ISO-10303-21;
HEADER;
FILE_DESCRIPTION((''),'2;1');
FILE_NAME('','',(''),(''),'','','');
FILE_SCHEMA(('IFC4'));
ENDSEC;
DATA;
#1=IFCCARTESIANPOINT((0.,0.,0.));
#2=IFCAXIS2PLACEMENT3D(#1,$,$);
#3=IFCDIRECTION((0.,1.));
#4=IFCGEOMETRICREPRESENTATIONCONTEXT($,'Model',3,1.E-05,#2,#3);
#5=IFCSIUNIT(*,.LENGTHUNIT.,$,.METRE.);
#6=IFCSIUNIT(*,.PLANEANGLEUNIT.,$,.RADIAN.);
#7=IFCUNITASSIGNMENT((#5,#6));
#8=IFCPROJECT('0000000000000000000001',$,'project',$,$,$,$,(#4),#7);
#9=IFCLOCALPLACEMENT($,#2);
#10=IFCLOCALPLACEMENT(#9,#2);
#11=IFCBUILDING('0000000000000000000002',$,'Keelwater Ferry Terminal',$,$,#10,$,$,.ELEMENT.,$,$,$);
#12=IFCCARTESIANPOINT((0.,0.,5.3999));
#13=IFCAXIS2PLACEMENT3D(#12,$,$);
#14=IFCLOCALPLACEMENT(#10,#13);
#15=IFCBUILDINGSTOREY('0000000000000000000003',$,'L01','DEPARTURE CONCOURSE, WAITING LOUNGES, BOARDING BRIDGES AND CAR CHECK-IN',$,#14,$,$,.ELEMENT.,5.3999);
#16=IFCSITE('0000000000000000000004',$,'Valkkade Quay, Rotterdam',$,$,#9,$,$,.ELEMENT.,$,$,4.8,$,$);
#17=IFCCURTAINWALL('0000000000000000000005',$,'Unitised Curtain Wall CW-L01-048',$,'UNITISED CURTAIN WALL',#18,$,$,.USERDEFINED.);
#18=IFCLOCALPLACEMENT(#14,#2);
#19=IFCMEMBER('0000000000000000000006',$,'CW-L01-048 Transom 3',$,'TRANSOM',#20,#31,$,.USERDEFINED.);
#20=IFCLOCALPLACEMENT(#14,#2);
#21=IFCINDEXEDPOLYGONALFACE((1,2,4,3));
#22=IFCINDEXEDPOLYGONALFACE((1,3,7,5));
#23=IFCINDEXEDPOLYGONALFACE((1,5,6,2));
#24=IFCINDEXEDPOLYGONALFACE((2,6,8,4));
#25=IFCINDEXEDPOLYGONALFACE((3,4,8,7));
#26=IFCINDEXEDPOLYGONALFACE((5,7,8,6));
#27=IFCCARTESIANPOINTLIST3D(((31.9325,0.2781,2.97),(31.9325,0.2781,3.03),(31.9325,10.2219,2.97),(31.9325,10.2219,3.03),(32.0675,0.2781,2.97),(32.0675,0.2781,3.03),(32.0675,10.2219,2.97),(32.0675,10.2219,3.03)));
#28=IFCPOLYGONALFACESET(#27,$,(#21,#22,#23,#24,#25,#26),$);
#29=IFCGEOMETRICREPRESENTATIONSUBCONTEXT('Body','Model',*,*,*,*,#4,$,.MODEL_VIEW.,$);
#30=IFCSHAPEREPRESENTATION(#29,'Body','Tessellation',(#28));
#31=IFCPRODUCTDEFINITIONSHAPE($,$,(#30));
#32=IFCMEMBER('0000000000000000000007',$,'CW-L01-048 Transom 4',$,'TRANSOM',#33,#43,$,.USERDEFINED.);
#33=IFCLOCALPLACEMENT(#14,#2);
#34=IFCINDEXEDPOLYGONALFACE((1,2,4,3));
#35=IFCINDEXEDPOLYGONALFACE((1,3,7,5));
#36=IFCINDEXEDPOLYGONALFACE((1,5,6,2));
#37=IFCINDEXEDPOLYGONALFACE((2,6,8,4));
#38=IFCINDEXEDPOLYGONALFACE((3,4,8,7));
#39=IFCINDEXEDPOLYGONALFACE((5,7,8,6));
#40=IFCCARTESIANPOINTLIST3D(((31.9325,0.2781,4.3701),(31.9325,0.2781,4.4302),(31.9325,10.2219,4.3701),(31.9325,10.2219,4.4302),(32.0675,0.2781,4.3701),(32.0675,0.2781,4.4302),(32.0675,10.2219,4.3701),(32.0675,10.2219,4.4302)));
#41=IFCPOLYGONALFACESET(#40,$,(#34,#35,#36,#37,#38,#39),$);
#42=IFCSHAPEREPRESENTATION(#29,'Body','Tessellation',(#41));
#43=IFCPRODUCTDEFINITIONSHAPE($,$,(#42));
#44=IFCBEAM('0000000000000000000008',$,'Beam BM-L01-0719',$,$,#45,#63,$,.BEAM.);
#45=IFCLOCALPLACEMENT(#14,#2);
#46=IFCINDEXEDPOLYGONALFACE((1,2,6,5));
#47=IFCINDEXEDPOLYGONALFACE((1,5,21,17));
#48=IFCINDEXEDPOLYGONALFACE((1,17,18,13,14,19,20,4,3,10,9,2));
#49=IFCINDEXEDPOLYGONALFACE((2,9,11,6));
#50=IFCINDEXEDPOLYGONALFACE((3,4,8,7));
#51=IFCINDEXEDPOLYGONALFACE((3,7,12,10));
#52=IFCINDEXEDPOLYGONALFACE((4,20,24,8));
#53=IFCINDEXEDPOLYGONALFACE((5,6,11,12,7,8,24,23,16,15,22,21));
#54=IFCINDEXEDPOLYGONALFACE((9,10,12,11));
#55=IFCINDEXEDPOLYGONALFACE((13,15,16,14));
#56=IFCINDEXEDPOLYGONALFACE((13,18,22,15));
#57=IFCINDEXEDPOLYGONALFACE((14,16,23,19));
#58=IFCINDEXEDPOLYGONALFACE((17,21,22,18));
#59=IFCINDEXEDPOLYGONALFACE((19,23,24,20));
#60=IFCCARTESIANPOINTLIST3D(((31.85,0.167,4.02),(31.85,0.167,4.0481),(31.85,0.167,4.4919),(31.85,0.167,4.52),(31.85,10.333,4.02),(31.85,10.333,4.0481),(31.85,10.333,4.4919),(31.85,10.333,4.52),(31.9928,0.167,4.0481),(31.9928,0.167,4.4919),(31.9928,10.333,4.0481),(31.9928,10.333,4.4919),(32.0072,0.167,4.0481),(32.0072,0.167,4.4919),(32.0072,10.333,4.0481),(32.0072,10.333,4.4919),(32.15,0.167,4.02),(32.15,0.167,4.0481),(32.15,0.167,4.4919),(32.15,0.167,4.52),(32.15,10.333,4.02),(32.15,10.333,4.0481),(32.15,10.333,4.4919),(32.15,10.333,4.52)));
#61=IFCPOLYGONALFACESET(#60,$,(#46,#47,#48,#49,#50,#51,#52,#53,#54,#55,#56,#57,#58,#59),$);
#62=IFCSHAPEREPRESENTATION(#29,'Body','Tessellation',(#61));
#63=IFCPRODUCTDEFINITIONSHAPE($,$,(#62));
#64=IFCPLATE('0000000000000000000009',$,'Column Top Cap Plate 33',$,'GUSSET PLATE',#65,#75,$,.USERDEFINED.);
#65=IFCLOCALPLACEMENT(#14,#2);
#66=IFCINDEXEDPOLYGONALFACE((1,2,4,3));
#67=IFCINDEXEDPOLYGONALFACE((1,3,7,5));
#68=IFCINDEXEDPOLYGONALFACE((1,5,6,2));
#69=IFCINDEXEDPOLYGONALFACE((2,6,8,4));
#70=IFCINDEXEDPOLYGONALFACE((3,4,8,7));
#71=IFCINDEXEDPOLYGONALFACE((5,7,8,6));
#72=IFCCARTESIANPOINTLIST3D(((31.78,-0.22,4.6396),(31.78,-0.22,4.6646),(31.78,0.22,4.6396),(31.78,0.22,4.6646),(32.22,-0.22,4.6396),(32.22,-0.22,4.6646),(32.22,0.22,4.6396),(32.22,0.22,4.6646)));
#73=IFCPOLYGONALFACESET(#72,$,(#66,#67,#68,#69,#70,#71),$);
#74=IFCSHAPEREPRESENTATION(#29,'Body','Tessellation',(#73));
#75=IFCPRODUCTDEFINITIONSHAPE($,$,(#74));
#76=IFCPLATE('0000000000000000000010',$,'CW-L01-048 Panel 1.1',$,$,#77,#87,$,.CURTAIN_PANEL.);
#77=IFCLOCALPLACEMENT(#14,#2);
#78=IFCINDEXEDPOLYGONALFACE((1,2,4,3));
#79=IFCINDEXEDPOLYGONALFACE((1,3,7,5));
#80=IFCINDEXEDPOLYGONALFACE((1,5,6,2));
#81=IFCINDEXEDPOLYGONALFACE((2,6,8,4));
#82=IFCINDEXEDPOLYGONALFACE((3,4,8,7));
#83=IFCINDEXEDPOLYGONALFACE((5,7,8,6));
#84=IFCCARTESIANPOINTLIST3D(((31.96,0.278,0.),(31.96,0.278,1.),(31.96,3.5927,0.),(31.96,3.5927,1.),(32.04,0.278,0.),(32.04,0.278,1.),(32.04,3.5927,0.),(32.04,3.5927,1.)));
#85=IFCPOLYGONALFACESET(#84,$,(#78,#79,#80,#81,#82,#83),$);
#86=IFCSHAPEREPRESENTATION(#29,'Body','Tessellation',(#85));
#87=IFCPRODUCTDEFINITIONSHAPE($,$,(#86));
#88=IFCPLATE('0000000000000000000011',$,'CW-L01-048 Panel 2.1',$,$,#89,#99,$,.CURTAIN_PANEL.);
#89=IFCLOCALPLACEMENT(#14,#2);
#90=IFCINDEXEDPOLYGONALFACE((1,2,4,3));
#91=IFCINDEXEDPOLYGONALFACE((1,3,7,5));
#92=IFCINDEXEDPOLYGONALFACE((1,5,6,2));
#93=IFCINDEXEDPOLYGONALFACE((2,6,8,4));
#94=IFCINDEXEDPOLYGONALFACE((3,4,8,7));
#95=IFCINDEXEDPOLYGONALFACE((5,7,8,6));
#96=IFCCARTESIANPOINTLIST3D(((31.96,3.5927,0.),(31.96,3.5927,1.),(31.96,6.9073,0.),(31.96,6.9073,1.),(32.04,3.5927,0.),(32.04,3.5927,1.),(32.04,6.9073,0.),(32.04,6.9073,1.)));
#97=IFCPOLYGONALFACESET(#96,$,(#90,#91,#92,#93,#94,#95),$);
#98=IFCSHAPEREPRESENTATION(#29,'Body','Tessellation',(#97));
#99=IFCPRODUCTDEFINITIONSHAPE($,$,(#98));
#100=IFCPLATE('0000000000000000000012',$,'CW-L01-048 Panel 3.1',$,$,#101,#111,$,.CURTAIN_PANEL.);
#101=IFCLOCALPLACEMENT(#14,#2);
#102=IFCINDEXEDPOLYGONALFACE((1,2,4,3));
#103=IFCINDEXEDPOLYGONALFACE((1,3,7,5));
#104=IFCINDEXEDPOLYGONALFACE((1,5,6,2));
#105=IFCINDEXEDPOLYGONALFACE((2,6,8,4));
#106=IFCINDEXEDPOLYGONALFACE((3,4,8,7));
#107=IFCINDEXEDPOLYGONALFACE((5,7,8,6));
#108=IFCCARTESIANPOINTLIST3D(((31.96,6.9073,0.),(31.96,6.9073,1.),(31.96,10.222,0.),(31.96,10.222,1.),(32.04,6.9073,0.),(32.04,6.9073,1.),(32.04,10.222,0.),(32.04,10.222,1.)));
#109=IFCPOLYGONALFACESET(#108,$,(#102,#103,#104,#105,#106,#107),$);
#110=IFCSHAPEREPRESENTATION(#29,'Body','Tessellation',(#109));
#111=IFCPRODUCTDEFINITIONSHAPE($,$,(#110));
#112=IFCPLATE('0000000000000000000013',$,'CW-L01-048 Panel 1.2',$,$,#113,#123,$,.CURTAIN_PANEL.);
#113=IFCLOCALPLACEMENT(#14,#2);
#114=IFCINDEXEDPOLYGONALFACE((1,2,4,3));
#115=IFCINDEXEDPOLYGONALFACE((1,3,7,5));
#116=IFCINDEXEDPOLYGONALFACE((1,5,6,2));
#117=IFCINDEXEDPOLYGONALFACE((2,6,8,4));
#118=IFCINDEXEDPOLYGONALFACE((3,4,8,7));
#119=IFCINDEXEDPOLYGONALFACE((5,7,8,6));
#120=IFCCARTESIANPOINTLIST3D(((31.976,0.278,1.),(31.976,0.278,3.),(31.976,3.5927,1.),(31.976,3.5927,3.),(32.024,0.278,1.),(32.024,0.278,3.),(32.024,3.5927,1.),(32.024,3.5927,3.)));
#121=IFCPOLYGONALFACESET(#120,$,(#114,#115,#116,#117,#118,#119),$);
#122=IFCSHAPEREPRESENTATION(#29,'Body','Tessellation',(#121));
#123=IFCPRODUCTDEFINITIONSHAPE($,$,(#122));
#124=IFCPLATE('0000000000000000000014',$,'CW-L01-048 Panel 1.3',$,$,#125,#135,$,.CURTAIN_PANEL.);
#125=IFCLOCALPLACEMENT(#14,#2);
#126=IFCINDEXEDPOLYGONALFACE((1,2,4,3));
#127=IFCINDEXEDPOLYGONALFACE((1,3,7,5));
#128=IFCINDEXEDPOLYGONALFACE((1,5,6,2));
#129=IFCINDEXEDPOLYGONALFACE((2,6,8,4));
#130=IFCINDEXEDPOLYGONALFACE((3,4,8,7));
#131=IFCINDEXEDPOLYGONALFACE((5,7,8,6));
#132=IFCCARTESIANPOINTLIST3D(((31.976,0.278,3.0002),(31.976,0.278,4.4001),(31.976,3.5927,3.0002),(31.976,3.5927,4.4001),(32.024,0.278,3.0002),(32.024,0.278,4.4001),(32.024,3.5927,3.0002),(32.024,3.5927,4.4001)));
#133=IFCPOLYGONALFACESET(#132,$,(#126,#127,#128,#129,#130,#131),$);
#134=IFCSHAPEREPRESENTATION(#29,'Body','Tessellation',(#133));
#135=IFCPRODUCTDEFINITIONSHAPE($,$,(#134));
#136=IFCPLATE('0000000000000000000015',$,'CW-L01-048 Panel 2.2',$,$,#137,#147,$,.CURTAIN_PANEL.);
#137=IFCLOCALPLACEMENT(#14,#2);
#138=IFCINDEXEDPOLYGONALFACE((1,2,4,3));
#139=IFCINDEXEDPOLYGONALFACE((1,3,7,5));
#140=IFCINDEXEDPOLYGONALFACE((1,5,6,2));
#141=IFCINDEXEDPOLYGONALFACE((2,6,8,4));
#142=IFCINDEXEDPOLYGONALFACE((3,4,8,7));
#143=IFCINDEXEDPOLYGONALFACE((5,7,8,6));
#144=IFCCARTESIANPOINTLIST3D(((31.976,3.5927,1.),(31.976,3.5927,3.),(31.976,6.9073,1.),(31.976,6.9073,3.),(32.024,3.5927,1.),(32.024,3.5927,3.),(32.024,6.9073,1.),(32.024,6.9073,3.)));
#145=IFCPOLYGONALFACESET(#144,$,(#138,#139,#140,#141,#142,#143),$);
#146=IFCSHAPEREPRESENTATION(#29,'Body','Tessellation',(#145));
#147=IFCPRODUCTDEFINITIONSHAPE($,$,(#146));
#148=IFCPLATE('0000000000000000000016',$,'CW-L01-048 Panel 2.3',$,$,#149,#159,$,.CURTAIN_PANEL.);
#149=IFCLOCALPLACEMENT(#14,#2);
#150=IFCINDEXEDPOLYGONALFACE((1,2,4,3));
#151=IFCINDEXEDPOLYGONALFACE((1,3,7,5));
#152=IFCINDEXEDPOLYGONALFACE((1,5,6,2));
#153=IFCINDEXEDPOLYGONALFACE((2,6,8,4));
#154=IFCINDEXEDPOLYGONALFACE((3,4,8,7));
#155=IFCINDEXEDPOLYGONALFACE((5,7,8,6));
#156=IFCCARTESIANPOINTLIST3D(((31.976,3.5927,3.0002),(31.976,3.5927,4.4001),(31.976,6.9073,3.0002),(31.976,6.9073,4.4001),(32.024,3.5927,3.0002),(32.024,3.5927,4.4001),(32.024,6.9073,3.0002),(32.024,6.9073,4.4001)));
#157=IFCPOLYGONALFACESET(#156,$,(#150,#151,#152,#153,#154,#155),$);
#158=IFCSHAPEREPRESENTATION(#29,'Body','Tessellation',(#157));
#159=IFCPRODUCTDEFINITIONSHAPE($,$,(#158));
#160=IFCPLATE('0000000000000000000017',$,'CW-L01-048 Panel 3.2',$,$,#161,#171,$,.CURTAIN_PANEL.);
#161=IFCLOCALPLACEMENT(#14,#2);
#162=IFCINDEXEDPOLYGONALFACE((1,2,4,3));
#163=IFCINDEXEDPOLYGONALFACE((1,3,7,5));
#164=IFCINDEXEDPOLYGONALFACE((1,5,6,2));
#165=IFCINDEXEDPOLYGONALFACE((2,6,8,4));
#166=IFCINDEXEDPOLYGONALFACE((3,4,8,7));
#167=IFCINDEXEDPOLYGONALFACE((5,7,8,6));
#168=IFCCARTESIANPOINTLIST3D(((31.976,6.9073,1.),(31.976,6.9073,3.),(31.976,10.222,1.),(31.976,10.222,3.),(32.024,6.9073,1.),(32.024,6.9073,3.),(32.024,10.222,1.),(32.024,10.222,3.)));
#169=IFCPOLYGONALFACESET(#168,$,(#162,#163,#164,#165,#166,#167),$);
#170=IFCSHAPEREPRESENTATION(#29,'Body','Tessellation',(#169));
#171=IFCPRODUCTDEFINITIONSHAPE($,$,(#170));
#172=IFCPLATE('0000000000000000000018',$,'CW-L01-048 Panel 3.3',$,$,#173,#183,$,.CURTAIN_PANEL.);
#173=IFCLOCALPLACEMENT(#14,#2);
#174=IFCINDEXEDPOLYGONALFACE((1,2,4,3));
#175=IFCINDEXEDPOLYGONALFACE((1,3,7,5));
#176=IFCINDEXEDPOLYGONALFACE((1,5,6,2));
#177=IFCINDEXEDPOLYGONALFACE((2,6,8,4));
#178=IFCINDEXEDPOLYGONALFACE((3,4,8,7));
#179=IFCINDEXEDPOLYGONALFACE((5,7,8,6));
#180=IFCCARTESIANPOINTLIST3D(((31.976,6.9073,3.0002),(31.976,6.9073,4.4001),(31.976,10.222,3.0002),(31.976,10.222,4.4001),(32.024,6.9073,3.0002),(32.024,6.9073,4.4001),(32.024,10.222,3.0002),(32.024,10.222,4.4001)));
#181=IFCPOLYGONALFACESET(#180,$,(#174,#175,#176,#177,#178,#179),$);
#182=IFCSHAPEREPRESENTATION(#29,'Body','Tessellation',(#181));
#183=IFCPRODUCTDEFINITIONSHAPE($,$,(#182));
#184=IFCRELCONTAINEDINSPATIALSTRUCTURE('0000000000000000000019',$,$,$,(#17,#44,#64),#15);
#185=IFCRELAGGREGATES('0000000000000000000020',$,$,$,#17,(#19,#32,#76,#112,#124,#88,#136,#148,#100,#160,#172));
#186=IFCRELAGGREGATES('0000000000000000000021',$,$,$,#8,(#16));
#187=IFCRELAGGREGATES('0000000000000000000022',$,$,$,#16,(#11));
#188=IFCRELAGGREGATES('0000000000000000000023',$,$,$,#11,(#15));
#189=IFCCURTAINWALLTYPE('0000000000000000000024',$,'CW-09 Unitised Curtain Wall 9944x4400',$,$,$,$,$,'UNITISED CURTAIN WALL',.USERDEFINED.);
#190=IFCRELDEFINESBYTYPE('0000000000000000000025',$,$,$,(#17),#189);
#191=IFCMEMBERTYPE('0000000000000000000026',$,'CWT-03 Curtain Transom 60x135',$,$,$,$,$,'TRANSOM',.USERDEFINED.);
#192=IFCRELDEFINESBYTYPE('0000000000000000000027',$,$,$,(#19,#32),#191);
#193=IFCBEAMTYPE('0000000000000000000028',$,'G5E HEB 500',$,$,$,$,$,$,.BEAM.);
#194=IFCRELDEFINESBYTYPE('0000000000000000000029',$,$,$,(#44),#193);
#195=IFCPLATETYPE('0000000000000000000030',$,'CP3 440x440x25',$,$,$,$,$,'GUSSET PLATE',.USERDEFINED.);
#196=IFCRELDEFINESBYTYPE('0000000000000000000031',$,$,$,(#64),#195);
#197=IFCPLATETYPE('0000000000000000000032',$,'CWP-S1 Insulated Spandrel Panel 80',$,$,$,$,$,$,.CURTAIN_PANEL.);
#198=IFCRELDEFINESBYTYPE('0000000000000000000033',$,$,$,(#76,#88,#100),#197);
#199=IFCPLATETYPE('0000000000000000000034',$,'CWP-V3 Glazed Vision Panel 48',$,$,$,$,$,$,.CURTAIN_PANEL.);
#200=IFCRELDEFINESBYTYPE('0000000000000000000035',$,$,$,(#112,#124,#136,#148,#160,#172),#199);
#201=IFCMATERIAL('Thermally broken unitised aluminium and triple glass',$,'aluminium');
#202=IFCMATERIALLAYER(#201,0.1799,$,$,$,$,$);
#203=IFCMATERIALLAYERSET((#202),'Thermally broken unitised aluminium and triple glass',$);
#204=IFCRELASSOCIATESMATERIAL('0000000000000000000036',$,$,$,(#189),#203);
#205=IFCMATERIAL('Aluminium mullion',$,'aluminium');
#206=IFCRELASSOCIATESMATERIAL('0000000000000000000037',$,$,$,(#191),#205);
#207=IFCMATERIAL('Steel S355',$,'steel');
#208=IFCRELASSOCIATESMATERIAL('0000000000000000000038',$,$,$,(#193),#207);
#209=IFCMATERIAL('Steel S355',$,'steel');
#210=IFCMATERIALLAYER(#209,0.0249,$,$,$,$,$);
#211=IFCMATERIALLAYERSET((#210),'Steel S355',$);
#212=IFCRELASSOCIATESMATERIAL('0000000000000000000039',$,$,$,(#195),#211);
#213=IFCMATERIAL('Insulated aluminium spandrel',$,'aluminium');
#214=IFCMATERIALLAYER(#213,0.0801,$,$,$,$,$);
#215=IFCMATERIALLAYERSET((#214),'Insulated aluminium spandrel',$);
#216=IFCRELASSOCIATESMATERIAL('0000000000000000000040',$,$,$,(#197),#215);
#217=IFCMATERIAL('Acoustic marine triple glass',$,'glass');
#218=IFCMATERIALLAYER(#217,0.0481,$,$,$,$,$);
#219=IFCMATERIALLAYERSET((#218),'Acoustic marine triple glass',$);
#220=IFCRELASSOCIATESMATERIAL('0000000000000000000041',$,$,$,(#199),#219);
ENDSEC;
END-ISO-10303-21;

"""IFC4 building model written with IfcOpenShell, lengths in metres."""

from ifc_helpers import new_model, si_unit, direction, frame, origin, origin_2d, place, context, subcontext, project, spatial, rectangle, i_section, extrude, material, layer, layer_set, material_profile, profile_set, type_object, element, aggregate, save


model = new_model("IFC4")

# Units and contexts
model_context = context("Model", 3, precision=1e-05, world=origin(), true_north=direction((0.0, 1.0)))
body_context = subcontext(model_context, "Body", "Model", "MODEL_VIEW")
ifc_project = project(units=[si_unit("LENGTHUNIT", "METRE"), si_unit("PLANEANGLEUNIT", "RADIAN")], contexts=[model_context])

# Site, building, storey
site_placement = place(None, origin())
site = spatial("IfcSite", under=ifc_project, at=site_placement, Name="Valkkade Quay, Rotterdam", CompositionType="ELEMENT", RefElevation=4.8)
building_placement = place(site_placement, origin())
building = spatial("IfcBuilding", under=site, at=building_placement, Name="Keelwater Ferry Terminal", CompositionType="ELEMENT")
storey_placement = place(building_placement, frame((0.0, 0.0, 5.3999)))
storey = spatial("IfcBuildingStorey", under=building, at=storey_placement, Name="L01", Description="DEPARTURE CONCOURSE, WAITING LOUNGES, BOARDING BRIDGES AND CAR CHECK-IN", CompositionType="ELEMENT", Elevation=5.3999)

# Curtain wall, members
ifc_material_1 = material(Name="Thermally broken unitised aluminium and triple glass", Category="aluminium")
ifc_layer_1 = layer(ifc_material_1, 0.1799)
ifc_layer_set_1 = layer_set([ifc_layer_1], Name="Thermally broken unitised aluminium and triple glass")
curtain_wall_type = type_object("IfcCurtainWallType", Name="CW-09 Unitised Curtain Wall 9944x4400", ElementType="UNITISED CURTAIN WALL", PredefinedType="USERDEFINED", material=ifc_layer_set_1)
curtain_wall_placement = place(storey_placement, origin())
curtain_wall = element("IfcCurtainWall", 1, at=curtain_wall_placement, inside=storey, type_object=curtain_wall_type, Name="Unitised Curtain Wall CW-L01-048", ObjectType="UNITISED CURTAIN WALL", PredefinedType="USERDEFINED")
ifc_material_2 = material(Name="Aluminium mullion", Category="aluminium")
ifc_material_profile_1 = material_profile(ifc_material_2, rectangle(XDim=0.135, YDim=0.0601, at=origin_2d()), Name="CWT-03")
ifc_profile_set_1 = profile_set([ifc_material_profile_1], Name="Aluminium mullion")
member_type_1 = type_object("IfcMemberType", Name="CWT-03 Curtain Transom 60x135", ElementType="TRANSOM", PredefinedType="USERDEFINED", material=ifc_profile_set_1)
member_1_placement = place(storey_placement, frame((32.0, 0.2781, 3.0), z_axis=(0.0, 1.0, 0.0), x_axis=(-1.0, 0.0, 0.0)))
member_1 = element("IfcMember", 2, at=member_1_placement, type_object=member_type_1, Name="CW-L01-048 Transom 3", ObjectType="TRANSOM", PredefinedType="USERDEFINED", context=body_context, shape_type="SweptSolid", body=[
    extrude(rectangle(XDim=0.135, YDim=0.0601, at=origin_2d()), origin(), (0.0, 0.0, 1.0), 9.9438),
])
member_2_placement = place(storey_placement, frame((32.0, 0.2781, 4.4001), z_axis=(0.0, 1.0, 0.0), x_axis=(-1.0, 0.0, 0.0)))
member_2 = element("IfcMember", 3, at=member_2_placement, type_object=member_type_1, Name="CW-L01-048 Transom 4", ObjectType="TRANSOM", PredefinedType="USERDEFINED", context=body_context, shape_type="SweptSolid", body=[
    extrude(rectangle(XDim=0.135, YDim=0.0601, at=origin_2d()), origin(), (0.0, 0.0, 1.0), 9.9438),
])

# Beam
ifc_material_3 = material(Name="Steel S355", Category="steel")
ifc_material_profile_2 = material_profile(ifc_material_3, i_section(OverallWidth=0.3, OverallDepth=0.5, WebThickness=0.0144, FlangeThickness=0.0281, at=origin_2d()), Name="HEB 500")
ifc_profile_set_2 = profile_set([ifc_material_profile_2], Name="Steel S355")
beam_type = type_object("IfcBeamType", Name="G5E HEB 500", PredefinedType="BEAM", material=ifc_profile_set_2)
beam_placement = place(storey_placement, frame((32.0, 0.167, 4.27), z_axis=(0.0, 1.0, 0.0), x_axis=(-1.0, 0.0, 0.0)))
element("IfcBeam", 4, at=beam_placement, inside=storey, type_object=beam_type, Name="Beam BM-L01-0719", PredefinedType="BEAM", context=body_context, shape_type="SweptSolid", body=[
    extrude(i_section(OverallWidth=0.3, OverallDepth=0.5, WebThickness=0.0144, FlangeThickness=0.0281, at=origin_2d()), origin(), (0.0, 0.0, 1.0), 10.166),
])

# Plates
ifc_material_4 = material(Name="Steel S355", Category="steel")
ifc_layer_2 = layer(ifc_material_4, 0.0249)
ifc_layer_set_2 = layer_set([ifc_layer_2], Name="Steel S355")
plate_type_1 = type_object("IfcPlateType", Name="CP3 440x440x25", ElementType="GUSSET PLATE", PredefinedType="USERDEFINED", material=ifc_layer_set_2)
plate_1_placement = place(storey_placement, frame((32.0, 0.0, 4.6396), z_axis=(0.0, 0.0, 1.0), x_axis=(1.0, 0.0, 0.0)))
element("IfcPlate", 5, at=plate_1_placement, inside=storey, type_object=plate_type_1, Name="Column Top Cap Plate 33", ObjectType="GUSSET PLATE", PredefinedType="USERDEFINED", context=body_context, shape_type="SweptSolid", body=[
    extrude(rectangle(XDim=0.4399, YDim=0.4399, at=origin_2d()), origin(), (0.0, 0.0, 1.0), 0.0249),
])
ifc_material_5 = material(Name="Insulated aluminium spandrel", Category="aluminium")
ifc_layer_3 = layer(ifc_material_5, 0.0801)
ifc_layer_set_3 = layer_set([ifc_layer_3], Name="Insulated aluminium spandrel")
plate_type_2 = type_object("IfcPlateType", Name="CWP-S1 Insulated Spandrel Panel 80", PredefinedType="CURTAIN_PANEL", material=ifc_layer_set_3)
plate_2_placement = place(storey_placement, frame((32.0, 1.9353, 0.0), z_axis=(0.0, 0.0, 1.0), x_axis=(0.0, 1.0, 0.0)))
plate_2 = element("IfcPlate", 6, at=plate_2_placement, type_object=plate_type_2, Name="CW-L01-048 Panel 1.1", PredefinedType="CURTAIN_PANEL", context=body_context, shape_type="SweptSolid", body=[
    extrude(rectangle(XDim=3.3147, YDim=0.0801, at=origin_2d()), origin(), (0.0, 0.0, 1.0), 1.0),
])
plate_3_placement = place(storey_placement, frame((32.0, 5.25, 0.0), z_axis=(0.0, 0.0, 1.0), x_axis=(0.0, 1.0, 0.0)))
plate_3 = element("IfcPlate", 7, at=plate_3_placement, type_object=plate_type_2, Name="CW-L01-048 Panel 2.1", PredefinedType="CURTAIN_PANEL", context=body_context, shape_type="SweptSolid", body=[
    extrude(rectangle(XDim=3.3147, YDim=0.0801, at=origin_2d()), origin(), (0.0, 0.0, 1.0), 1.0),
])
plate_4_placement = place(storey_placement, frame((32.0, 8.5647, 0.0), z_axis=(0.0, 0.0, 1.0), x_axis=(0.0, 1.0, 0.0)))
plate_4 = element("IfcPlate", 8, at=plate_4_placement, type_object=plate_type_2, Name="CW-L01-048 Panel 3.1", PredefinedType="CURTAIN_PANEL", context=body_context, shape_type="SweptSolid", body=[
    extrude(rectangle(XDim=3.3147, YDim=0.0801, at=origin_2d()), origin(), (0.0, 0.0, 1.0), 1.0),
])
ifc_material_6 = material(Name="Acoustic marine triple glass", Category="glass")
ifc_layer_4 = layer(ifc_material_6, 0.0481)
ifc_layer_set_4 = layer_set([ifc_layer_4], Name="Acoustic marine triple glass")
plate_type_3 = type_object("IfcPlateType", Name="CWP-V3 Glazed Vision Panel 48", PredefinedType="CURTAIN_PANEL", material=ifc_layer_set_4)
plate_5_placement = place(storey_placement, frame((32.0, 1.9353, 1.0), z_axis=(0.0, 0.0, 1.0), x_axis=(0.0, 1.0, 0.0)))
plate_5 = element("IfcPlate", 9, at=plate_5_placement, type_object=plate_type_3, Name="CW-L01-048 Panel 1.2", PredefinedType="CURTAIN_PANEL", context=body_context, shape_type="SweptSolid", body=[
    extrude(rectangle(XDim=3.3147, YDim=0.0481, at=origin_2d()), origin(), (0.0, 0.0, 1.0), 2.0),
])
plate_6_placement = place(storey_placement, frame((32.0, 1.9353, 3.0002), z_axis=(0.0, 0.0, 1.0), x_axis=(0.0, 1.0, 0.0)))
plate_6 = element("IfcPlate", 10, at=plate_6_placement, type_object=plate_type_3, Name="CW-L01-048 Panel 1.3", PredefinedType="CURTAIN_PANEL", context=body_context, shape_type="SweptSolid", body=[
    extrude(rectangle(XDim=3.3147, YDim=0.0481, at=origin_2d()), origin(), (0.0, 0.0, 1.0), 1.3999),
])
plate_7_placement = place(storey_placement, frame((32.0, 5.25, 1.0), z_axis=(0.0, 0.0, 1.0), x_axis=(0.0, 1.0, 0.0)))
plate_7 = element("IfcPlate", 11, at=plate_7_placement, type_object=plate_type_3, Name="CW-L01-048 Panel 2.2", PredefinedType="CURTAIN_PANEL", context=body_context, shape_type="SweptSolid", body=[
    extrude(rectangle(XDim=3.3147, YDim=0.0481, at=origin_2d()), origin(), (0.0, 0.0, 1.0), 2.0),
])
plate_8_placement = place(storey_placement, frame((32.0, 5.25, 3.0002), z_axis=(0.0, 0.0, 1.0), x_axis=(0.0, 1.0, 0.0)))
plate_8 = element("IfcPlate", 12, at=plate_8_placement, type_object=plate_type_3, Name="CW-L01-048 Panel 2.3", PredefinedType="CURTAIN_PANEL", context=body_context, shape_type="SweptSolid", body=[
    extrude(rectangle(XDim=3.3147, YDim=0.0481, at=origin_2d()), origin(), (0.0, 0.0, 1.0), 1.3999),
])
plate_9_placement = place(storey_placement, frame((32.0, 8.5647, 1.0), z_axis=(0.0, 0.0, 1.0), x_axis=(0.0, 1.0, 0.0)))
plate_9 = element("IfcPlate", 13, at=plate_9_placement, type_object=plate_type_3, Name="CW-L01-048 Panel 3.2", PredefinedType="CURTAIN_PANEL", context=body_context, shape_type="SweptSolid", body=[
    extrude(rectangle(XDim=3.3147, YDim=0.0481, at=origin_2d()), origin(), (0.0, 0.0, 1.0), 2.0),
])
plate_10_placement = place(storey_placement, frame((32.0, 8.5647, 3.0002), z_axis=(0.0, 0.0, 1.0), x_axis=(0.0, 1.0, 0.0)))
plate_10 = element("IfcPlate", 14, at=plate_10_placement, type_object=plate_type_3, Name="CW-L01-048 Panel 3.3", PredefinedType="CURTAIN_PANEL", context=body_context, shape_type="SweptSolid", body=[
    extrude(rectangle(XDim=3.3147, YDim=0.0481, at=origin_2d()), origin(), (0.0, 0.0, 1.0), 1.3999),
])
aggregate(curtain_wall, [member_1, member_2, plate_2, plate_5, plate_6, plate_3, plate_7, plate_8, plate_4, plate_9, plate_10])

save(model, "model.ifc")
